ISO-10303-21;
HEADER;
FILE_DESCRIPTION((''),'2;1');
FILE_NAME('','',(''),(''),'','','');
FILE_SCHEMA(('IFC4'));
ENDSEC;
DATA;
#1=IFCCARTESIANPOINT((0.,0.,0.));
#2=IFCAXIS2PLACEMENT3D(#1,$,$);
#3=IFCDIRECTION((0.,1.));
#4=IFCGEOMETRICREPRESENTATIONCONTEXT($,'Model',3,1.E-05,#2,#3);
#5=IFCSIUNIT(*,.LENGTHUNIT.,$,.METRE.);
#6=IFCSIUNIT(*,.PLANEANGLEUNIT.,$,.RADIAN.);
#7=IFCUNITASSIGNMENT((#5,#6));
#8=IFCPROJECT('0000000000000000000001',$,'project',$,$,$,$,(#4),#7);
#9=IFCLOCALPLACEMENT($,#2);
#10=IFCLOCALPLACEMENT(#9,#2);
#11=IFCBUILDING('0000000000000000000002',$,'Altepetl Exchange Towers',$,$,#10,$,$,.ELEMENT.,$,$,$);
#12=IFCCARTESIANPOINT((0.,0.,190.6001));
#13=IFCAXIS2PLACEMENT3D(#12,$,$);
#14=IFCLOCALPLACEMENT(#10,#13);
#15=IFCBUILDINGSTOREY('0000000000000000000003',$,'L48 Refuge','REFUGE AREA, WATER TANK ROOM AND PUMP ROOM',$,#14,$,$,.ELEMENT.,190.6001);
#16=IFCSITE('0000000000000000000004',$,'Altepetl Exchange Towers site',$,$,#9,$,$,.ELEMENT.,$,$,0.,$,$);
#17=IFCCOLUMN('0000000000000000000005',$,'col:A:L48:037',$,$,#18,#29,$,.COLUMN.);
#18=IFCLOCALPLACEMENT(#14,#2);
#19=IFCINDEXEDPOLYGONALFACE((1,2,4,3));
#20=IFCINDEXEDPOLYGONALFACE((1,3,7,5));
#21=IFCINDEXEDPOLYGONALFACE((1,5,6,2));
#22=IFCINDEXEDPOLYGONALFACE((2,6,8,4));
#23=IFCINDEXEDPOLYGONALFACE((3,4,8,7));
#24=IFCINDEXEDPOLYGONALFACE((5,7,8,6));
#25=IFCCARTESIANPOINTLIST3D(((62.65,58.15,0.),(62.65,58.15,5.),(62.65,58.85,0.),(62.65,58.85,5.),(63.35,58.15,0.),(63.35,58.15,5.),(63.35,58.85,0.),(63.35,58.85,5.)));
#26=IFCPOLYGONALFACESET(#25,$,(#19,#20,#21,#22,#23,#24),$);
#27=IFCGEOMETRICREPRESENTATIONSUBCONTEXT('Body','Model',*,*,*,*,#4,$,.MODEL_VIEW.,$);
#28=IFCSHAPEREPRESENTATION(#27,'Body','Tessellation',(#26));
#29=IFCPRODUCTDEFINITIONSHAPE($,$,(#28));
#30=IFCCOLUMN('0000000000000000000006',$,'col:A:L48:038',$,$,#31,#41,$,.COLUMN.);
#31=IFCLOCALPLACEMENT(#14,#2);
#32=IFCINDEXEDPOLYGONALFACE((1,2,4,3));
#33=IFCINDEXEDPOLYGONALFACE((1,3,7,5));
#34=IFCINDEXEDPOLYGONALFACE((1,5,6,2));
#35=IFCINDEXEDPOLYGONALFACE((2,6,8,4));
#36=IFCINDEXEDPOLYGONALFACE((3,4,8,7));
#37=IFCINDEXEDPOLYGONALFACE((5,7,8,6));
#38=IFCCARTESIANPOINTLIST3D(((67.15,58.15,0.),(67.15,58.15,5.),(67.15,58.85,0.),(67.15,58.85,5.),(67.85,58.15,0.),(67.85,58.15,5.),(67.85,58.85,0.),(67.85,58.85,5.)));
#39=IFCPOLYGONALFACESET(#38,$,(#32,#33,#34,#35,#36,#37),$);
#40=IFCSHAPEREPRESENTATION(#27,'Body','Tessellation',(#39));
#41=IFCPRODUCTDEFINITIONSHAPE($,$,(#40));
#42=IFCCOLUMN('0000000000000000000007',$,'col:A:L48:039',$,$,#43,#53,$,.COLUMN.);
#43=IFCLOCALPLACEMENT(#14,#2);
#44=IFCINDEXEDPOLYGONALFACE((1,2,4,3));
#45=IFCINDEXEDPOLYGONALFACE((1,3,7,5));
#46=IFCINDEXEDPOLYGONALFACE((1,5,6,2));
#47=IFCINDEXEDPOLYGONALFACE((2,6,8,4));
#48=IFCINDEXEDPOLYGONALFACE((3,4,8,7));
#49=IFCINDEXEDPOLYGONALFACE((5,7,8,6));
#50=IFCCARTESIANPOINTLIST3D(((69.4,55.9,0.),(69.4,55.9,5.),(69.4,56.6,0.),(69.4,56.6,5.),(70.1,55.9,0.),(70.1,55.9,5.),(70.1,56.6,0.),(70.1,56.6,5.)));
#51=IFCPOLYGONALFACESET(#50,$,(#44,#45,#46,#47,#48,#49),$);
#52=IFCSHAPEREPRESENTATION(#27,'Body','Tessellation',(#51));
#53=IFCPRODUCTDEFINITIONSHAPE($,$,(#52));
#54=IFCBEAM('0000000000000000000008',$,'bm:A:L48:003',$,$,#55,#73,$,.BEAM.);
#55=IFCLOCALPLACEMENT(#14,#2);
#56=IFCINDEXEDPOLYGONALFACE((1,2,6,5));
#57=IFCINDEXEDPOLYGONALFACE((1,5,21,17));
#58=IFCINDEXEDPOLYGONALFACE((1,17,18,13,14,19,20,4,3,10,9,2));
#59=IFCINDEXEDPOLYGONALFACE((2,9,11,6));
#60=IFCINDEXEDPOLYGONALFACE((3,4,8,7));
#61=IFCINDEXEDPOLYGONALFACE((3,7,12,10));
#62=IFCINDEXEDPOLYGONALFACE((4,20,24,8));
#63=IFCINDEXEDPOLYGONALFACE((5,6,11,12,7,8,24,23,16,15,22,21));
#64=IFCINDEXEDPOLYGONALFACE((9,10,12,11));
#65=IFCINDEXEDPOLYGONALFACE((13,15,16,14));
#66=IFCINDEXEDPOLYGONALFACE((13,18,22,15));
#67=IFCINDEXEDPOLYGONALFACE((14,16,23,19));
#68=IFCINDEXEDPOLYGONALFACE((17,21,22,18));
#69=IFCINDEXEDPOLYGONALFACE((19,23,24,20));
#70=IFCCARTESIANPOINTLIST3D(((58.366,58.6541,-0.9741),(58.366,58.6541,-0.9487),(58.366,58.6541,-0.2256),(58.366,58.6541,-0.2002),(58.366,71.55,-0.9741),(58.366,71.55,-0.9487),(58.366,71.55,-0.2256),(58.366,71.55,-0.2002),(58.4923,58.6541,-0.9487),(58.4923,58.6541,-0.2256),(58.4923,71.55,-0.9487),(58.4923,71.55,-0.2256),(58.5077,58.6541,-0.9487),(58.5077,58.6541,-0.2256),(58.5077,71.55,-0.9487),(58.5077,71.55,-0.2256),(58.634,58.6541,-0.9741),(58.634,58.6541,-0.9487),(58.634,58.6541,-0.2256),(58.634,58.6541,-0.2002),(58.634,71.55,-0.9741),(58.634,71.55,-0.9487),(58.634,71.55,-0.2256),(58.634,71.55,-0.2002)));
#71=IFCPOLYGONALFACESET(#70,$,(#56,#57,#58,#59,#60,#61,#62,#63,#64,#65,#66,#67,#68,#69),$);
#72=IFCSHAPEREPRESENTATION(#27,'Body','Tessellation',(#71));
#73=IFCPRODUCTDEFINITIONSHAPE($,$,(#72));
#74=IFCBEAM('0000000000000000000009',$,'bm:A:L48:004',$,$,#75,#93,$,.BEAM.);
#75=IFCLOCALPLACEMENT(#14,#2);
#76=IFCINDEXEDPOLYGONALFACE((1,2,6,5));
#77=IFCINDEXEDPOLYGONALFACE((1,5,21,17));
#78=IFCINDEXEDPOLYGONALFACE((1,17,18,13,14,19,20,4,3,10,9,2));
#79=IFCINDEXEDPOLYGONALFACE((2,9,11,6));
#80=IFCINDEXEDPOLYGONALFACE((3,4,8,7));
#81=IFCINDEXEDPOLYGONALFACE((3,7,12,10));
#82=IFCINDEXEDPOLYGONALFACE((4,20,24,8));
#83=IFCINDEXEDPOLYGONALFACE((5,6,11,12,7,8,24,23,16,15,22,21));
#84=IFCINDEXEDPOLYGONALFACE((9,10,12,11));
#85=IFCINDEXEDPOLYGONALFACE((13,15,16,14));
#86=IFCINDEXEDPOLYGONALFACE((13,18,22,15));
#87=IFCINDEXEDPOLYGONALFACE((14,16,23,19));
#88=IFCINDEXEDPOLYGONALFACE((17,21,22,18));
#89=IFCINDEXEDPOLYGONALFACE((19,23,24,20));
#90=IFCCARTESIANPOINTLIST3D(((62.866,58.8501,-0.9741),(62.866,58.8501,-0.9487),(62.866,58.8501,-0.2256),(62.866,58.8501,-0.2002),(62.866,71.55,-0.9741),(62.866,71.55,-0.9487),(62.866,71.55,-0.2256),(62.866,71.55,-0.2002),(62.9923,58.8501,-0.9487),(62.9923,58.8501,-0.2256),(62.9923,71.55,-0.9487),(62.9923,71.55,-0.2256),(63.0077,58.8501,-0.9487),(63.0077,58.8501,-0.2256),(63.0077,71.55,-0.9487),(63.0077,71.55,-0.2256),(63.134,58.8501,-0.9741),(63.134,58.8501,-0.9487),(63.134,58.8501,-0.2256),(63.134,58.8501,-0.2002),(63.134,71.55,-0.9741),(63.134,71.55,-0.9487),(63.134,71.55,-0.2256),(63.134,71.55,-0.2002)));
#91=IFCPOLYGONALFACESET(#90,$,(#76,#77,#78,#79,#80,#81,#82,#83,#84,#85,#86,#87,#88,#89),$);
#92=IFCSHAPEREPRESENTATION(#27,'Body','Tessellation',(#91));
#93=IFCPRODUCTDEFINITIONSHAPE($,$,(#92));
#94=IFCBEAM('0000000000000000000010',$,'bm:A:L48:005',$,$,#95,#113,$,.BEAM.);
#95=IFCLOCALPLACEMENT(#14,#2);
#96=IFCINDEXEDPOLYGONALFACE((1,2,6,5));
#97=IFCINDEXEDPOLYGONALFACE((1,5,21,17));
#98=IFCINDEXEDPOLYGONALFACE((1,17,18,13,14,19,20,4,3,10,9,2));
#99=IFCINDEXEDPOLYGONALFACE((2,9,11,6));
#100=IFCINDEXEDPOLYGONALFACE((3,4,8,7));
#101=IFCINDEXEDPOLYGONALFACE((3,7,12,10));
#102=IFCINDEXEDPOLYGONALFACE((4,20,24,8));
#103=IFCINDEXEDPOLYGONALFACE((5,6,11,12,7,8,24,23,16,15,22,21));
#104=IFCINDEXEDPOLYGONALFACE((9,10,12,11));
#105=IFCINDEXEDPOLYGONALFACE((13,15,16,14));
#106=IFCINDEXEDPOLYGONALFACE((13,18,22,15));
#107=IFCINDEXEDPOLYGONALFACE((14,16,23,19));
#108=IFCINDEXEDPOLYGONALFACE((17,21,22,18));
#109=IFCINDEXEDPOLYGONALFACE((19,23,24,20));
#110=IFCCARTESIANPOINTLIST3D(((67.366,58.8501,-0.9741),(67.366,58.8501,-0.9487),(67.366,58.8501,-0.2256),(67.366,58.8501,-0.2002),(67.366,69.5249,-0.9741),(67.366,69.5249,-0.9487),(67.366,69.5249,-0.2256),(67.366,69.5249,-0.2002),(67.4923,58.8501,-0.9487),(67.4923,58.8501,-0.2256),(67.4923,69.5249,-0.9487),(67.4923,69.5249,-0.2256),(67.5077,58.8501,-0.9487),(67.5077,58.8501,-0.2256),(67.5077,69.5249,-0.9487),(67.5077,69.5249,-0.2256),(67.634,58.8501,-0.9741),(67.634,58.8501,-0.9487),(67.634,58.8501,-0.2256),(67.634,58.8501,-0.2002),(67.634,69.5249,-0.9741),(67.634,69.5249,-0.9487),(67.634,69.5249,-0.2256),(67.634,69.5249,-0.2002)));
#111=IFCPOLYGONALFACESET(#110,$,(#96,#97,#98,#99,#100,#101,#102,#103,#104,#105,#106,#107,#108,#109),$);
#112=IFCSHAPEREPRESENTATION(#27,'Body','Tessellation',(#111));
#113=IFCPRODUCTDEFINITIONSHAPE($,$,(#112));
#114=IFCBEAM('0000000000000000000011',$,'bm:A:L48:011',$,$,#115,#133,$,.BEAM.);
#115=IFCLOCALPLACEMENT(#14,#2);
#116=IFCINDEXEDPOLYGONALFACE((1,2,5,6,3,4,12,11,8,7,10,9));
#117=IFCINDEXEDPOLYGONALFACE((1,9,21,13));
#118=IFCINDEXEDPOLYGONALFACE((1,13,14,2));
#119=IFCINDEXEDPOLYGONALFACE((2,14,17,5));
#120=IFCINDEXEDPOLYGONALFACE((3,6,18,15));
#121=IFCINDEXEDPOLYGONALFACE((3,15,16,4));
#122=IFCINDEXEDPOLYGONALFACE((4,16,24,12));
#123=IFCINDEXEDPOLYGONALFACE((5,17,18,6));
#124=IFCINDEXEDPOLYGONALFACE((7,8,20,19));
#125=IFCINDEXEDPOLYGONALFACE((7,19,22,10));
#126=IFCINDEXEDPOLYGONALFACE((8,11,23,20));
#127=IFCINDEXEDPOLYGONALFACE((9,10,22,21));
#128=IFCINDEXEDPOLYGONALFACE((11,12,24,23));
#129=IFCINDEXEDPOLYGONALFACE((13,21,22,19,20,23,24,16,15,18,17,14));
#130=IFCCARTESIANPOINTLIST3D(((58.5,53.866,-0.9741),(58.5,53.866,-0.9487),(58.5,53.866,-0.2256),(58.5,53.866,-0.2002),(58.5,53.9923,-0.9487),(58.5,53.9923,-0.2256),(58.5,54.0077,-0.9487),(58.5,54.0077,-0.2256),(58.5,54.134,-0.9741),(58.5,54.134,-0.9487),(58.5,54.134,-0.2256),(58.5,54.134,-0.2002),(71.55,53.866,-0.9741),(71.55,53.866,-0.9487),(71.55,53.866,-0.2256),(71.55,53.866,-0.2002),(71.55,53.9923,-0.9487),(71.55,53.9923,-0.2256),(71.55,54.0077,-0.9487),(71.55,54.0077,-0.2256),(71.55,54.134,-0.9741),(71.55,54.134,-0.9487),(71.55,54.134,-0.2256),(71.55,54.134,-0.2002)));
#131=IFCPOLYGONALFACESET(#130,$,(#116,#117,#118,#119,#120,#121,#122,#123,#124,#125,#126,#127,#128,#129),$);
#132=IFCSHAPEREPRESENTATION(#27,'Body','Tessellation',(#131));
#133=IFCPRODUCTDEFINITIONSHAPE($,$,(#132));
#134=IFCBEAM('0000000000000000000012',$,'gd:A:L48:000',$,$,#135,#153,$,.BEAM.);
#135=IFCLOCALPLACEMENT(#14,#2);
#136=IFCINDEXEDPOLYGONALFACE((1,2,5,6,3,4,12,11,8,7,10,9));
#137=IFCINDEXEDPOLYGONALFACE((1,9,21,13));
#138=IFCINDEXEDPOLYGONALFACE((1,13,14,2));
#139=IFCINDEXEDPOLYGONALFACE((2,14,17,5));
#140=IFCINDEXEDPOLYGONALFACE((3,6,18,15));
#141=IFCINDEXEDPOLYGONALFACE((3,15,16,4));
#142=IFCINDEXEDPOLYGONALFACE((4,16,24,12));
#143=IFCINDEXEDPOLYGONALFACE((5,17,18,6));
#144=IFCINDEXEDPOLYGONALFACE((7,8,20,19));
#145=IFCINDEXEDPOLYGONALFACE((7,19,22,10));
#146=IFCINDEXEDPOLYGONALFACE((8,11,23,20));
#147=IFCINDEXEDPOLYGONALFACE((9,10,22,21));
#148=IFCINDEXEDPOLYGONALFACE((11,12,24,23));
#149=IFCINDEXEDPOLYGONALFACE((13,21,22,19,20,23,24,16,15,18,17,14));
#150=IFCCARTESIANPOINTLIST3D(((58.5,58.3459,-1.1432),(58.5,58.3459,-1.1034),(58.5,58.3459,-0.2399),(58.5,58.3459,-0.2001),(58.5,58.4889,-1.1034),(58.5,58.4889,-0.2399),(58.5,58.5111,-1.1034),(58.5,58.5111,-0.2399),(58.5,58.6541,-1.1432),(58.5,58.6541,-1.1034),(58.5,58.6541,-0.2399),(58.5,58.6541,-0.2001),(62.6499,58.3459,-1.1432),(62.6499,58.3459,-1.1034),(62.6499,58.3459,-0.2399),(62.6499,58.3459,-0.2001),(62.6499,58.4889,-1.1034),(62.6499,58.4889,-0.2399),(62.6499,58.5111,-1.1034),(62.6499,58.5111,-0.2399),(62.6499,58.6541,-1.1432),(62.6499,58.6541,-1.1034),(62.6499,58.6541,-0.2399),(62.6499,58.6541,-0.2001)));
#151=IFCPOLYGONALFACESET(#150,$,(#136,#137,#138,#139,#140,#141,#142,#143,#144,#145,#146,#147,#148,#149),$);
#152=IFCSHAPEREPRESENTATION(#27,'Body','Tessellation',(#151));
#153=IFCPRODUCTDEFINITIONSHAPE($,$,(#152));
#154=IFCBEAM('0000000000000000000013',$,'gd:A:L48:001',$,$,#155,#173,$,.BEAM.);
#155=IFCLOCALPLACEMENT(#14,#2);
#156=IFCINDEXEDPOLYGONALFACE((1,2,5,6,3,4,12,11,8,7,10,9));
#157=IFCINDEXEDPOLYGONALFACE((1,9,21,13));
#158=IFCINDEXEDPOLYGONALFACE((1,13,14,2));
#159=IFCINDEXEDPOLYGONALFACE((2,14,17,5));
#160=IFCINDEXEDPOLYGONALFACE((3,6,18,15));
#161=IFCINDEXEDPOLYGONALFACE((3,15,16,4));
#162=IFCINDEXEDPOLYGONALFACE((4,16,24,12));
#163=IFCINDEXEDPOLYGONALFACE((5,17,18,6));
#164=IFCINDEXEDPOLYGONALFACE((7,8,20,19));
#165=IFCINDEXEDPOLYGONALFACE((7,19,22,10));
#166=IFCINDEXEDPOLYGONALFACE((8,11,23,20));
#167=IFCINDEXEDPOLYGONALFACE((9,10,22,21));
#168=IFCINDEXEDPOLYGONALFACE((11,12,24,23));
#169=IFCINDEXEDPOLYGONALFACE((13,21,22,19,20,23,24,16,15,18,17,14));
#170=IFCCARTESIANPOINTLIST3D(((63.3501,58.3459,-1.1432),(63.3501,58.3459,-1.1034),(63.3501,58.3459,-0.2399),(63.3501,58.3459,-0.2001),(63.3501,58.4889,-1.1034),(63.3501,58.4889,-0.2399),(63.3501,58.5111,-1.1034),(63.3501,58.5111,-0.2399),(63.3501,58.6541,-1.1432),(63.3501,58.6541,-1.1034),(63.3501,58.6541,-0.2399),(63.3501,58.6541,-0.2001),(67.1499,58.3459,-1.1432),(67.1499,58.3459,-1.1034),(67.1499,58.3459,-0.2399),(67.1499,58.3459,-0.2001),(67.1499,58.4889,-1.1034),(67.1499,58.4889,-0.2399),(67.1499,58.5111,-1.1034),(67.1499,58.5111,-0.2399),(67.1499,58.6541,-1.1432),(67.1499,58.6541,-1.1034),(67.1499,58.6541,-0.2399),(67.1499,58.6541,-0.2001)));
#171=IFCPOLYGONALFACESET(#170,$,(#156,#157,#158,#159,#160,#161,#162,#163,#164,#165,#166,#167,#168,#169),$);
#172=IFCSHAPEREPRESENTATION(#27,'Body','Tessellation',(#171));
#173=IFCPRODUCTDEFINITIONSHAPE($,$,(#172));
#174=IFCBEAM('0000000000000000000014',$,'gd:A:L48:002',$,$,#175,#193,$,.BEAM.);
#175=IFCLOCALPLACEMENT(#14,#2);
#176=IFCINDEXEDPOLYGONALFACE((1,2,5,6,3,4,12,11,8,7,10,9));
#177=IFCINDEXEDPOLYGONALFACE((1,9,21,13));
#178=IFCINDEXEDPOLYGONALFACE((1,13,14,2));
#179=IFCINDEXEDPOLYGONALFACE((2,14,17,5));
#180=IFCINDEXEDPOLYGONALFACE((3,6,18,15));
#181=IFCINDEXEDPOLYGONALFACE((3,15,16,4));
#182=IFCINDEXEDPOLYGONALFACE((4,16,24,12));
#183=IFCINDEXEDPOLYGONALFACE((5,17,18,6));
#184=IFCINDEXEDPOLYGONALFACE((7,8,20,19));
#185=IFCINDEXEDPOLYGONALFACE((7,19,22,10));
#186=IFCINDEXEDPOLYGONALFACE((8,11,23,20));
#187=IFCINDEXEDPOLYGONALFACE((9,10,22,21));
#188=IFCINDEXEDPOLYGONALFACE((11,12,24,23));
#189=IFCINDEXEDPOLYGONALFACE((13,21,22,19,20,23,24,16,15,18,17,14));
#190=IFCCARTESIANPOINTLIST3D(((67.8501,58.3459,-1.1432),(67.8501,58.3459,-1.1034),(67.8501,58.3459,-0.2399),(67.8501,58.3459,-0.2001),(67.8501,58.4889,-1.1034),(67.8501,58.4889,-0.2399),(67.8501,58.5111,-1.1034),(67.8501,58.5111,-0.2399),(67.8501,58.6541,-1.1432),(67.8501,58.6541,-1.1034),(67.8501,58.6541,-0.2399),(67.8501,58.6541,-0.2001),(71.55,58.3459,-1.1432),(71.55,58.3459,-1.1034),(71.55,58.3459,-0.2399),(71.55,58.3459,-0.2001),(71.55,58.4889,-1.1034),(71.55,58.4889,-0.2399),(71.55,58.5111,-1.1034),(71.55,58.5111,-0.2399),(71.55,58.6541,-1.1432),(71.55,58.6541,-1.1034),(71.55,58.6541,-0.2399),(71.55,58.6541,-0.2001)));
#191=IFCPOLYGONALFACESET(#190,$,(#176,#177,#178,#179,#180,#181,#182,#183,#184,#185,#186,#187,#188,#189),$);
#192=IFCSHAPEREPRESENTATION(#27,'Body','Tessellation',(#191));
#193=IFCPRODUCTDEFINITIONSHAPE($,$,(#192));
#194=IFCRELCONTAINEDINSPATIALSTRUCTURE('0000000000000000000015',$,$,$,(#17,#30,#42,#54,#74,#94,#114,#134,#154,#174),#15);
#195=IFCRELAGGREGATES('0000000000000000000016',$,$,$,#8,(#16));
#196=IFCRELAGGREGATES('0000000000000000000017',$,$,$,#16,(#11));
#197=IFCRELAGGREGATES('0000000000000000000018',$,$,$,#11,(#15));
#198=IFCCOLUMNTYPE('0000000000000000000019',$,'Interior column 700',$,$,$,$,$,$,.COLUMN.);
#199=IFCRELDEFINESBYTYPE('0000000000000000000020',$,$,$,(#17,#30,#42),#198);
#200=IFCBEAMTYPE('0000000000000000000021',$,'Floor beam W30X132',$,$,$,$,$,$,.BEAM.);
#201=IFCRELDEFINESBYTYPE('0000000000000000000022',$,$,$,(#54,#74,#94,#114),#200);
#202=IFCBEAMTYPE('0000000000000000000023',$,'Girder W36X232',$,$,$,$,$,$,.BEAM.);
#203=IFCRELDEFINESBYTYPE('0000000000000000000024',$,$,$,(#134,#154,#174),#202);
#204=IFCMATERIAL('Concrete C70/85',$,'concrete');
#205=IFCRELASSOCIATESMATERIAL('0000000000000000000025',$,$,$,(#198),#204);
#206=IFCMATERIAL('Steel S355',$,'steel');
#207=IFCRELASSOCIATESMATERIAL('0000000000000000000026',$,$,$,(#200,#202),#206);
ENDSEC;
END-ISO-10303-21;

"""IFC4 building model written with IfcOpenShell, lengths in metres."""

from ifc_helpers import new_model, si_unit, direction, frame, origin, origin_2d, place, context, subcontext, project, spatial, rectangle, i_section, extrude, material, material_profile, profile_set, type_object, element, save


model = new_model("IFC4")

# Units and contexts
model_context = context("Model", 3, precision=1e-05, world=origin(), true_north=direction((0.0, 1.0)))
body_context = subcontext(model_context, "Body", "Model", "MODEL_VIEW")
ifc_project = project(units=[si_unit("LENGTHUNIT", "METRE"), si_unit("PLANEANGLEUNIT", "RADIAN")], contexts=[model_context])

# Site, building, storey
site_placement = place(None, origin())
site = spatial("IfcSite", under=ifc_project, at=site_placement, Name="Altepetl Exchange Towers site", CompositionType="ELEMENT", RefElevation=0.0)
building_placement = place(site_placement, origin())
building = spatial("IfcBuilding", under=site, at=building_placement, Name="Altepetl Exchange Towers", CompositionType="ELEMENT")
storey_placement = place(building_placement, frame((0.0, 0.0, 190.6001)))
storey = spatial("IfcBuildingStorey", under=building, at=storey_placement, Name="L48 Refuge", Description="REFUGE AREA, WATER TANK ROOM AND PUMP ROOM", CompositionType="ELEMENT", Elevation=190.6001)

# Columns
ifc_material_1 = material(Name="Concrete C70/85", Category="concrete")
ifc_material_profile_1 = material_profile(ifc_material_1, rectangle(XDim=0.7, YDim=0.7, at=origin_2d()), Name="700 x 700")
ifc_profile_set_1 = profile_set([ifc_material_profile_1], Name="Concrete C70/85")
column_type = type_object("IfcColumnType", Name="Interior column 700", PredefinedType="COLUMN", material=ifc_profile_set_1)
for number, where, name in (
    (1, (63.0, 58.5, 0.0), "col:A:L48:037"),
    (2, (67.5, 58.5, 0.0), "col:A:L48:038"),
    (3, (69.75, 56.25, 0.0), "col:A:L48:039"),
):
    element("IfcColumn", number, at=place(storey_placement, frame(where)), inside=storey, type_object=column_type, Name=name, PredefinedType="COLUMN", context=body_context, shape_type="SweptSolid", body=[
        extrude(rectangle(XDim=0.7, YDim=0.7, at=origin_2d()), origin(), (0.0, 0.0, 1.0), 5.0),
    ])

# Beams
ifc_material_2 = material(Name="Steel S355", Category="steel")
ifc_material_profile_2 = material_profile(ifc_material_2, i_section(OverallWidth=0.2681, OverallDepth=0.7739, WebThickness=0.0154, FlangeThickness=0.0254, at=origin_2d()), Name="W30X132")
ifc_profile_set_2 = profile_set([ifc_material_profile_2], Name="Steel S355")
beam_type_1 = type_object("IfcBeamType", Name="Floor beam W30X132", PredefinedType="BEAM", material=ifc_profile_set_2)
beam_1_placement = place(storey_placement, frame((58.5, 58.6541, -0.5872), z_axis=(0.0, 1.0, 0.0), x_axis=(-1.0, 0.0, 0.0)))
element("IfcBeam", 4, at=beam_1_placement, inside=storey, type_object=beam_type_1, Name="bm:A:L48:003", PredefinedType="BEAM", context=body_context, shape_type="SweptSolid", body=[
    extrude(i_section(OverallWidth=0.2681, OverallDepth=0.7739, WebThickness=0.0154, FlangeThickness=0.0254, at=origin_2d()), origin(), (0.0, 0.0, 1.0), 12.896),
])
beam_2_placement = place(storey_placement, frame((63.0, 58.8501, -0.5872), z_axis=(0.0, 1.0, 0.0), x_axis=(-1.0, 0.0, 0.0)))
element("IfcBeam", 5, at=beam_2_placement, inside=storey, type_object=beam_type_1, Name="bm:A:L48:004", PredefinedType="BEAM", context=body_context, shape_type="SweptSolid", body=[
    extrude(i_section(OverallWidth=0.2681, OverallDepth=0.7739, WebThickness=0.0154, FlangeThickness=0.0254, at=origin_2d()), origin(), (0.0, 0.0, 1.0), 12.7),
])
beam_3_placement = place(storey_placement, frame((67.5, 58.8501, -0.5872), z_axis=(0.0, 1.0, 0.0), x_axis=(-1.0, 0.0, 0.0)))
element("IfcBeam", 6, at=beam_3_placement, inside=storey, type_object=beam_type_1, Name="bm:A:L48:005", PredefinedType="BEAM", context=body_context, shape_type="SweptSolid", body=[
    extrude(i_section(OverallWidth=0.2681, OverallDepth=0.7739, WebThickness=0.0154, FlangeThickness=0.0254, at=origin_2d()), origin(), (0.0, 0.0, 1.0), 10.6748),
])
beam_4_placement = place(storey_placement, frame((58.5, 54.0, -0.5872), z_axis=(1.0, 0.0, 0.0), x_axis=(0.0, 1.0, 0.0)))
element("IfcBeam", 7, at=beam_4_placement, inside=storey, type_object=beam_type_1, Name="bm:A:L48:011", PredefinedType="BEAM", context=body_context, shape_type="SweptSolid", body=[
    extrude(i_section(OverallWidth=0.2681, OverallDepth=0.7739, WebThickness=0.0154, FlangeThickness=0.0254, at=origin_2d()), origin(), (0.0, 0.0, 1.0), 13.05),
])
ifc_material_profile_3 = material_profile(ifc_material_2, i_section(OverallWidth=0.3081, OverallDepth=0.9431, WebThickness=0.0222, FlangeThickness=0.0398, at=origin_2d()), Name="W36X232")
ifc_profile_set_3 = profile_set([ifc_material_profile_3], Name="Steel S355")
beam_type_2 = type_object("IfcBeamType", Name="Girder W36X232", PredefinedType="BEAM", material=ifc_profile_set_3)
beam_5_placement = place(storey_placement, frame((58.5, 58.5, -0.6716), z_axis=(1.0, 0.0, 0.0), x_axis=(0.0, 1.0, 0.0)))
element("IfcBeam", 8, at=beam_5_placement, inside=storey, type_object=beam_type_2, Name="gd:A:L48:000", PredefinedType="BEAM", context=body_context, shape_type="SweptSolid", body=[
    extrude(i_section(OverallWidth=0.3081, OverallDepth=0.9431, WebThickness=0.0222, FlangeThickness=0.0398, at=origin_2d()), origin(), (0.0, 0.0, 1.0), 4.1499),
])
beam_6_placement = place(storey_placement, frame((63.3501, 58.5, -0.6716), z_axis=(1.0, 0.0, 0.0), x_axis=(0.0, 1.0, 0.0)))
element("IfcBeam", 9, at=beam_6_placement, inside=storey, type_object=beam_type_2, Name="gd:A:L48:001", PredefinedType="BEAM", context=body_context, shape_type="SweptSolid", body=[
    extrude(i_section(OverallWidth=0.3081, OverallDepth=0.9431, WebThickness=0.0222, FlangeThickness=0.0398, at=origin_2d()), origin(), (0.0, 0.0, 1.0), 3.7998),
])
beam_7_placement = place(storey_placement, frame((67.8501, 58.5, -0.6716), z_axis=(1.0, 0.0, 0.0), x_axis=(0.0, 1.0, 0.0)))
element("IfcBeam", 10, at=beam_7_placement, inside=storey, type_object=beam_type_2, Name="gd:A:L48:002", PredefinedType="BEAM", context=body_context, shape_type="SweptSolid", body=[
    extrude(i_section(OverallWidth=0.3081, OverallDepth=0.9431, WebThickness=0.0222, FlangeThickness=0.0398, at=origin_2d()), origin(), (0.0, 0.0, 1.0), 3.7),
])

save(model, "model.ifc")
